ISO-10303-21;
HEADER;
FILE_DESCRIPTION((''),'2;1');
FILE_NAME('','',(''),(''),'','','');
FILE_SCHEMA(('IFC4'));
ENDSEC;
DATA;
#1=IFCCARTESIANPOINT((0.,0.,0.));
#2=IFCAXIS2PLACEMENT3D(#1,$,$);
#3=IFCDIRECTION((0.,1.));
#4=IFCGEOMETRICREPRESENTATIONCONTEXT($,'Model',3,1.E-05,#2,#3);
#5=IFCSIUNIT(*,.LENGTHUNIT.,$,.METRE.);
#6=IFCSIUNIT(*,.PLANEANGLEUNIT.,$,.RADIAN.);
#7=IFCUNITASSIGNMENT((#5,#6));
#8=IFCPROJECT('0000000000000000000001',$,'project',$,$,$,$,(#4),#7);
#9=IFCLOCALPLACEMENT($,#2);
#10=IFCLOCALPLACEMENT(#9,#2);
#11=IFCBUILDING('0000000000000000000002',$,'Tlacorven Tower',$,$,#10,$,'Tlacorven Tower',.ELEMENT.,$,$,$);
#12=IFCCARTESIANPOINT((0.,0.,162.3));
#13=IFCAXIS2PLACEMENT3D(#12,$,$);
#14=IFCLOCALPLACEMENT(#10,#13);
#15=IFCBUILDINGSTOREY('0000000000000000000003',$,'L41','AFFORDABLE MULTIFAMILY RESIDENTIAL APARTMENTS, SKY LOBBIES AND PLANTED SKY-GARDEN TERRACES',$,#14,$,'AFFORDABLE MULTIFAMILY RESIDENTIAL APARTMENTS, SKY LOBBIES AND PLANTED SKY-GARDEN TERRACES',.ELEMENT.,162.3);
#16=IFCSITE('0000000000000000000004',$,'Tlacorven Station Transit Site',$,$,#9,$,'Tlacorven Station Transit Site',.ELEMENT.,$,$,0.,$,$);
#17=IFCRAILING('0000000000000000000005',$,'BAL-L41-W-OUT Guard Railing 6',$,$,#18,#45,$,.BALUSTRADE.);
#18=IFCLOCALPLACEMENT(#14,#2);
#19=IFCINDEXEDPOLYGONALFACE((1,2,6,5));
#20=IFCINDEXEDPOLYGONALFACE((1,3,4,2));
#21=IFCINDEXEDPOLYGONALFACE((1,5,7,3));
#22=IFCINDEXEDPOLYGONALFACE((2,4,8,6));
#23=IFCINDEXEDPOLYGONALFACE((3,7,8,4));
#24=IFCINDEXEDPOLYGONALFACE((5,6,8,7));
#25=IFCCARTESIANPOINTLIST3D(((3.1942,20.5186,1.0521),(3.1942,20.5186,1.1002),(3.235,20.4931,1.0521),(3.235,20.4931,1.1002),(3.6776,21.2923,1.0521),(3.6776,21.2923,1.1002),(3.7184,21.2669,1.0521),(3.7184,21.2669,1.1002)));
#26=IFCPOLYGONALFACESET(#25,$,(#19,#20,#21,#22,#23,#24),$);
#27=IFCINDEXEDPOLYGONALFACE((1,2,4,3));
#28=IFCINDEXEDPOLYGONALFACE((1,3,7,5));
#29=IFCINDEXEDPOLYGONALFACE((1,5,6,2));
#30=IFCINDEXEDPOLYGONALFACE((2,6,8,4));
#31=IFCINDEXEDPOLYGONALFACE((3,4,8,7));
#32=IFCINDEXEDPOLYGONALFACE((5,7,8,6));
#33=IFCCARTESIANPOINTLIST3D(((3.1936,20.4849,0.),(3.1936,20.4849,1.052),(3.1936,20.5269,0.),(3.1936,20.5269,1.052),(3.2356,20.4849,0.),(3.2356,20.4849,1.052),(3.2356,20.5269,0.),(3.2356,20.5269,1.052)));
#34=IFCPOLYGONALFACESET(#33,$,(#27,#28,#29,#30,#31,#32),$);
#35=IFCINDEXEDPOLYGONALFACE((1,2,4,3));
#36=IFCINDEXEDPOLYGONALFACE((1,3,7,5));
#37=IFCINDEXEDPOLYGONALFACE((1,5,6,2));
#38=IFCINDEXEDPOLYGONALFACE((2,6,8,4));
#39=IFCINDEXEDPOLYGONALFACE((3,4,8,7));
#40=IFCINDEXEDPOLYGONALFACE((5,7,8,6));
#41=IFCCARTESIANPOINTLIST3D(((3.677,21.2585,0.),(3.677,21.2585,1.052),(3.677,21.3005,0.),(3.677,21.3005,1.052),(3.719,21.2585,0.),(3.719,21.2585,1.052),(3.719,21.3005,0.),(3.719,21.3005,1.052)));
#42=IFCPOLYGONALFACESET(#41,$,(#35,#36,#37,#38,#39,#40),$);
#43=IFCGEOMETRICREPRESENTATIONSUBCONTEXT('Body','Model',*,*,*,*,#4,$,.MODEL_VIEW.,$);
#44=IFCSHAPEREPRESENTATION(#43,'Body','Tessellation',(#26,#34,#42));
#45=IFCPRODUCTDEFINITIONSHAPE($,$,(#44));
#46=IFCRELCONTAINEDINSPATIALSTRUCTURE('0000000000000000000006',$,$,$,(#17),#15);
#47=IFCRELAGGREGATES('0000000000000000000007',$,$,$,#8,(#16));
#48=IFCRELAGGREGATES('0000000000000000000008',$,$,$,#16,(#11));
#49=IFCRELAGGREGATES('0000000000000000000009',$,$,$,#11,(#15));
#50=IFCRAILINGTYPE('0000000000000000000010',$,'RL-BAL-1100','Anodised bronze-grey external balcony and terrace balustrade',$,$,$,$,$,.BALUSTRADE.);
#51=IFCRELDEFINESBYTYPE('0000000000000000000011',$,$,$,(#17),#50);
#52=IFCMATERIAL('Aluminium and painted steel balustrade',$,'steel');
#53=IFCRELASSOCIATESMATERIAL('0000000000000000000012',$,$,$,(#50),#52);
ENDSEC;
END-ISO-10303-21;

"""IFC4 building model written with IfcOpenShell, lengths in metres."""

from ifc_helpers import new_model, si_unit, direction, frame, origin, origin_2d, place, context, subcontext, project, spatial, rectangle, extrude, source, transform, mapped, material, type_object, element, save


model = new_model("IFC4")

# Units and contexts
model_context = context("Model", 3, precision=1e-05, world=origin(), true_north=direction((0.0, 1.0)))
body_context = subcontext(model_context, "Body", "Model", "MODEL_VIEW")
ifc_project = project(units=[si_unit("LENGTHUNIT", "METRE"), si_unit("PLANEANGLEUNIT", "RADIAN")], contexts=[model_context])

# Site, building, storey
site_placement = place(None, origin())
site = spatial("IfcSite", under=ifc_project, at=site_placement, Name="Tlacorven Station Transit Site", LongName="Tlacorven Station Transit Site", CompositionType="ELEMENT", RefElevation=0.0)
building_placement = place(site_placement, origin())
building = spatial("IfcBuilding", under=site, at=building_placement, Name="Tlacorven Tower", LongName="Tlacorven Tower", CompositionType="ELEMENT")
storey_placement = place(building_placement, frame((0.0, 0.0, 162.3)))
storey = spatial("IfcBuildingStorey", under=building, at=storey_placement, Name="L41", Description="AFFORDABLE MULTIFAMILY RESIDENTIAL APARTMENTS, SKY LOBBIES AND PLANTED SKY-GARDEN TERRACES", LongName="AFFORDABLE MULTIFAMILY RESIDENTIAL APARTMENTS, SKY LOBBIES AND PLANTED SKY-GARDEN TERRACES", CompositionType="ELEMENT", Elevation=162.3)

# Railing
ifc_material_1 = material(Name="Aluminium and painted steel balustrade", Category="steel")
railing_type = type_object("IfcRailingType", Name="RL-BAL-1100", Description="Anodised bronze-grey external balcony and terrace balustrade", PredefinedType="BALUSTRADE", material=ifc_material_1)
shared_shape_1 = source(origin(), body_context, "Body", "SweptSolid", [
    extrude(rectangle(XDim=0.0481, YDim=0.0481, at=origin_2d()), frame((0.0, 0.0, 1.0762), z_axis=(0.529879, 0.848073, 0.0), x_axis=(-0.848073, 0.529879, 0.0)), (0.0, 0.0, 1.0), 0.9124),
    extrude(rectangle(XDim=0.042, YDim=0.042, at=origin_2d()), origin(), (0.0, 0.0, 1.0), 1.052),
    extrude(rectangle(XDim=0.042, YDim=0.042, at=origin_2d()), frame((0.4834, 0.7737, 0.0)), (0.0, 0.0, 1.0), 1.052),
])
railing_1_placement = place(storey_placement, frame((3.2146, 20.5059, 0.0)))
element("IfcRailing", 1, at=railing_1_placement, inside=storey, type_object=railing_type, Name="BAL-L41-W-OUT Guard Railing 6", PredefinedType="BALUSTRADE", context=body_context, shape_type="MappedRepresentation", body=[
    mapped(shared_shape_1, transform((0.0, 0.0, 0.0), scale=1.0)),
])

save(model, "model.ifc")
